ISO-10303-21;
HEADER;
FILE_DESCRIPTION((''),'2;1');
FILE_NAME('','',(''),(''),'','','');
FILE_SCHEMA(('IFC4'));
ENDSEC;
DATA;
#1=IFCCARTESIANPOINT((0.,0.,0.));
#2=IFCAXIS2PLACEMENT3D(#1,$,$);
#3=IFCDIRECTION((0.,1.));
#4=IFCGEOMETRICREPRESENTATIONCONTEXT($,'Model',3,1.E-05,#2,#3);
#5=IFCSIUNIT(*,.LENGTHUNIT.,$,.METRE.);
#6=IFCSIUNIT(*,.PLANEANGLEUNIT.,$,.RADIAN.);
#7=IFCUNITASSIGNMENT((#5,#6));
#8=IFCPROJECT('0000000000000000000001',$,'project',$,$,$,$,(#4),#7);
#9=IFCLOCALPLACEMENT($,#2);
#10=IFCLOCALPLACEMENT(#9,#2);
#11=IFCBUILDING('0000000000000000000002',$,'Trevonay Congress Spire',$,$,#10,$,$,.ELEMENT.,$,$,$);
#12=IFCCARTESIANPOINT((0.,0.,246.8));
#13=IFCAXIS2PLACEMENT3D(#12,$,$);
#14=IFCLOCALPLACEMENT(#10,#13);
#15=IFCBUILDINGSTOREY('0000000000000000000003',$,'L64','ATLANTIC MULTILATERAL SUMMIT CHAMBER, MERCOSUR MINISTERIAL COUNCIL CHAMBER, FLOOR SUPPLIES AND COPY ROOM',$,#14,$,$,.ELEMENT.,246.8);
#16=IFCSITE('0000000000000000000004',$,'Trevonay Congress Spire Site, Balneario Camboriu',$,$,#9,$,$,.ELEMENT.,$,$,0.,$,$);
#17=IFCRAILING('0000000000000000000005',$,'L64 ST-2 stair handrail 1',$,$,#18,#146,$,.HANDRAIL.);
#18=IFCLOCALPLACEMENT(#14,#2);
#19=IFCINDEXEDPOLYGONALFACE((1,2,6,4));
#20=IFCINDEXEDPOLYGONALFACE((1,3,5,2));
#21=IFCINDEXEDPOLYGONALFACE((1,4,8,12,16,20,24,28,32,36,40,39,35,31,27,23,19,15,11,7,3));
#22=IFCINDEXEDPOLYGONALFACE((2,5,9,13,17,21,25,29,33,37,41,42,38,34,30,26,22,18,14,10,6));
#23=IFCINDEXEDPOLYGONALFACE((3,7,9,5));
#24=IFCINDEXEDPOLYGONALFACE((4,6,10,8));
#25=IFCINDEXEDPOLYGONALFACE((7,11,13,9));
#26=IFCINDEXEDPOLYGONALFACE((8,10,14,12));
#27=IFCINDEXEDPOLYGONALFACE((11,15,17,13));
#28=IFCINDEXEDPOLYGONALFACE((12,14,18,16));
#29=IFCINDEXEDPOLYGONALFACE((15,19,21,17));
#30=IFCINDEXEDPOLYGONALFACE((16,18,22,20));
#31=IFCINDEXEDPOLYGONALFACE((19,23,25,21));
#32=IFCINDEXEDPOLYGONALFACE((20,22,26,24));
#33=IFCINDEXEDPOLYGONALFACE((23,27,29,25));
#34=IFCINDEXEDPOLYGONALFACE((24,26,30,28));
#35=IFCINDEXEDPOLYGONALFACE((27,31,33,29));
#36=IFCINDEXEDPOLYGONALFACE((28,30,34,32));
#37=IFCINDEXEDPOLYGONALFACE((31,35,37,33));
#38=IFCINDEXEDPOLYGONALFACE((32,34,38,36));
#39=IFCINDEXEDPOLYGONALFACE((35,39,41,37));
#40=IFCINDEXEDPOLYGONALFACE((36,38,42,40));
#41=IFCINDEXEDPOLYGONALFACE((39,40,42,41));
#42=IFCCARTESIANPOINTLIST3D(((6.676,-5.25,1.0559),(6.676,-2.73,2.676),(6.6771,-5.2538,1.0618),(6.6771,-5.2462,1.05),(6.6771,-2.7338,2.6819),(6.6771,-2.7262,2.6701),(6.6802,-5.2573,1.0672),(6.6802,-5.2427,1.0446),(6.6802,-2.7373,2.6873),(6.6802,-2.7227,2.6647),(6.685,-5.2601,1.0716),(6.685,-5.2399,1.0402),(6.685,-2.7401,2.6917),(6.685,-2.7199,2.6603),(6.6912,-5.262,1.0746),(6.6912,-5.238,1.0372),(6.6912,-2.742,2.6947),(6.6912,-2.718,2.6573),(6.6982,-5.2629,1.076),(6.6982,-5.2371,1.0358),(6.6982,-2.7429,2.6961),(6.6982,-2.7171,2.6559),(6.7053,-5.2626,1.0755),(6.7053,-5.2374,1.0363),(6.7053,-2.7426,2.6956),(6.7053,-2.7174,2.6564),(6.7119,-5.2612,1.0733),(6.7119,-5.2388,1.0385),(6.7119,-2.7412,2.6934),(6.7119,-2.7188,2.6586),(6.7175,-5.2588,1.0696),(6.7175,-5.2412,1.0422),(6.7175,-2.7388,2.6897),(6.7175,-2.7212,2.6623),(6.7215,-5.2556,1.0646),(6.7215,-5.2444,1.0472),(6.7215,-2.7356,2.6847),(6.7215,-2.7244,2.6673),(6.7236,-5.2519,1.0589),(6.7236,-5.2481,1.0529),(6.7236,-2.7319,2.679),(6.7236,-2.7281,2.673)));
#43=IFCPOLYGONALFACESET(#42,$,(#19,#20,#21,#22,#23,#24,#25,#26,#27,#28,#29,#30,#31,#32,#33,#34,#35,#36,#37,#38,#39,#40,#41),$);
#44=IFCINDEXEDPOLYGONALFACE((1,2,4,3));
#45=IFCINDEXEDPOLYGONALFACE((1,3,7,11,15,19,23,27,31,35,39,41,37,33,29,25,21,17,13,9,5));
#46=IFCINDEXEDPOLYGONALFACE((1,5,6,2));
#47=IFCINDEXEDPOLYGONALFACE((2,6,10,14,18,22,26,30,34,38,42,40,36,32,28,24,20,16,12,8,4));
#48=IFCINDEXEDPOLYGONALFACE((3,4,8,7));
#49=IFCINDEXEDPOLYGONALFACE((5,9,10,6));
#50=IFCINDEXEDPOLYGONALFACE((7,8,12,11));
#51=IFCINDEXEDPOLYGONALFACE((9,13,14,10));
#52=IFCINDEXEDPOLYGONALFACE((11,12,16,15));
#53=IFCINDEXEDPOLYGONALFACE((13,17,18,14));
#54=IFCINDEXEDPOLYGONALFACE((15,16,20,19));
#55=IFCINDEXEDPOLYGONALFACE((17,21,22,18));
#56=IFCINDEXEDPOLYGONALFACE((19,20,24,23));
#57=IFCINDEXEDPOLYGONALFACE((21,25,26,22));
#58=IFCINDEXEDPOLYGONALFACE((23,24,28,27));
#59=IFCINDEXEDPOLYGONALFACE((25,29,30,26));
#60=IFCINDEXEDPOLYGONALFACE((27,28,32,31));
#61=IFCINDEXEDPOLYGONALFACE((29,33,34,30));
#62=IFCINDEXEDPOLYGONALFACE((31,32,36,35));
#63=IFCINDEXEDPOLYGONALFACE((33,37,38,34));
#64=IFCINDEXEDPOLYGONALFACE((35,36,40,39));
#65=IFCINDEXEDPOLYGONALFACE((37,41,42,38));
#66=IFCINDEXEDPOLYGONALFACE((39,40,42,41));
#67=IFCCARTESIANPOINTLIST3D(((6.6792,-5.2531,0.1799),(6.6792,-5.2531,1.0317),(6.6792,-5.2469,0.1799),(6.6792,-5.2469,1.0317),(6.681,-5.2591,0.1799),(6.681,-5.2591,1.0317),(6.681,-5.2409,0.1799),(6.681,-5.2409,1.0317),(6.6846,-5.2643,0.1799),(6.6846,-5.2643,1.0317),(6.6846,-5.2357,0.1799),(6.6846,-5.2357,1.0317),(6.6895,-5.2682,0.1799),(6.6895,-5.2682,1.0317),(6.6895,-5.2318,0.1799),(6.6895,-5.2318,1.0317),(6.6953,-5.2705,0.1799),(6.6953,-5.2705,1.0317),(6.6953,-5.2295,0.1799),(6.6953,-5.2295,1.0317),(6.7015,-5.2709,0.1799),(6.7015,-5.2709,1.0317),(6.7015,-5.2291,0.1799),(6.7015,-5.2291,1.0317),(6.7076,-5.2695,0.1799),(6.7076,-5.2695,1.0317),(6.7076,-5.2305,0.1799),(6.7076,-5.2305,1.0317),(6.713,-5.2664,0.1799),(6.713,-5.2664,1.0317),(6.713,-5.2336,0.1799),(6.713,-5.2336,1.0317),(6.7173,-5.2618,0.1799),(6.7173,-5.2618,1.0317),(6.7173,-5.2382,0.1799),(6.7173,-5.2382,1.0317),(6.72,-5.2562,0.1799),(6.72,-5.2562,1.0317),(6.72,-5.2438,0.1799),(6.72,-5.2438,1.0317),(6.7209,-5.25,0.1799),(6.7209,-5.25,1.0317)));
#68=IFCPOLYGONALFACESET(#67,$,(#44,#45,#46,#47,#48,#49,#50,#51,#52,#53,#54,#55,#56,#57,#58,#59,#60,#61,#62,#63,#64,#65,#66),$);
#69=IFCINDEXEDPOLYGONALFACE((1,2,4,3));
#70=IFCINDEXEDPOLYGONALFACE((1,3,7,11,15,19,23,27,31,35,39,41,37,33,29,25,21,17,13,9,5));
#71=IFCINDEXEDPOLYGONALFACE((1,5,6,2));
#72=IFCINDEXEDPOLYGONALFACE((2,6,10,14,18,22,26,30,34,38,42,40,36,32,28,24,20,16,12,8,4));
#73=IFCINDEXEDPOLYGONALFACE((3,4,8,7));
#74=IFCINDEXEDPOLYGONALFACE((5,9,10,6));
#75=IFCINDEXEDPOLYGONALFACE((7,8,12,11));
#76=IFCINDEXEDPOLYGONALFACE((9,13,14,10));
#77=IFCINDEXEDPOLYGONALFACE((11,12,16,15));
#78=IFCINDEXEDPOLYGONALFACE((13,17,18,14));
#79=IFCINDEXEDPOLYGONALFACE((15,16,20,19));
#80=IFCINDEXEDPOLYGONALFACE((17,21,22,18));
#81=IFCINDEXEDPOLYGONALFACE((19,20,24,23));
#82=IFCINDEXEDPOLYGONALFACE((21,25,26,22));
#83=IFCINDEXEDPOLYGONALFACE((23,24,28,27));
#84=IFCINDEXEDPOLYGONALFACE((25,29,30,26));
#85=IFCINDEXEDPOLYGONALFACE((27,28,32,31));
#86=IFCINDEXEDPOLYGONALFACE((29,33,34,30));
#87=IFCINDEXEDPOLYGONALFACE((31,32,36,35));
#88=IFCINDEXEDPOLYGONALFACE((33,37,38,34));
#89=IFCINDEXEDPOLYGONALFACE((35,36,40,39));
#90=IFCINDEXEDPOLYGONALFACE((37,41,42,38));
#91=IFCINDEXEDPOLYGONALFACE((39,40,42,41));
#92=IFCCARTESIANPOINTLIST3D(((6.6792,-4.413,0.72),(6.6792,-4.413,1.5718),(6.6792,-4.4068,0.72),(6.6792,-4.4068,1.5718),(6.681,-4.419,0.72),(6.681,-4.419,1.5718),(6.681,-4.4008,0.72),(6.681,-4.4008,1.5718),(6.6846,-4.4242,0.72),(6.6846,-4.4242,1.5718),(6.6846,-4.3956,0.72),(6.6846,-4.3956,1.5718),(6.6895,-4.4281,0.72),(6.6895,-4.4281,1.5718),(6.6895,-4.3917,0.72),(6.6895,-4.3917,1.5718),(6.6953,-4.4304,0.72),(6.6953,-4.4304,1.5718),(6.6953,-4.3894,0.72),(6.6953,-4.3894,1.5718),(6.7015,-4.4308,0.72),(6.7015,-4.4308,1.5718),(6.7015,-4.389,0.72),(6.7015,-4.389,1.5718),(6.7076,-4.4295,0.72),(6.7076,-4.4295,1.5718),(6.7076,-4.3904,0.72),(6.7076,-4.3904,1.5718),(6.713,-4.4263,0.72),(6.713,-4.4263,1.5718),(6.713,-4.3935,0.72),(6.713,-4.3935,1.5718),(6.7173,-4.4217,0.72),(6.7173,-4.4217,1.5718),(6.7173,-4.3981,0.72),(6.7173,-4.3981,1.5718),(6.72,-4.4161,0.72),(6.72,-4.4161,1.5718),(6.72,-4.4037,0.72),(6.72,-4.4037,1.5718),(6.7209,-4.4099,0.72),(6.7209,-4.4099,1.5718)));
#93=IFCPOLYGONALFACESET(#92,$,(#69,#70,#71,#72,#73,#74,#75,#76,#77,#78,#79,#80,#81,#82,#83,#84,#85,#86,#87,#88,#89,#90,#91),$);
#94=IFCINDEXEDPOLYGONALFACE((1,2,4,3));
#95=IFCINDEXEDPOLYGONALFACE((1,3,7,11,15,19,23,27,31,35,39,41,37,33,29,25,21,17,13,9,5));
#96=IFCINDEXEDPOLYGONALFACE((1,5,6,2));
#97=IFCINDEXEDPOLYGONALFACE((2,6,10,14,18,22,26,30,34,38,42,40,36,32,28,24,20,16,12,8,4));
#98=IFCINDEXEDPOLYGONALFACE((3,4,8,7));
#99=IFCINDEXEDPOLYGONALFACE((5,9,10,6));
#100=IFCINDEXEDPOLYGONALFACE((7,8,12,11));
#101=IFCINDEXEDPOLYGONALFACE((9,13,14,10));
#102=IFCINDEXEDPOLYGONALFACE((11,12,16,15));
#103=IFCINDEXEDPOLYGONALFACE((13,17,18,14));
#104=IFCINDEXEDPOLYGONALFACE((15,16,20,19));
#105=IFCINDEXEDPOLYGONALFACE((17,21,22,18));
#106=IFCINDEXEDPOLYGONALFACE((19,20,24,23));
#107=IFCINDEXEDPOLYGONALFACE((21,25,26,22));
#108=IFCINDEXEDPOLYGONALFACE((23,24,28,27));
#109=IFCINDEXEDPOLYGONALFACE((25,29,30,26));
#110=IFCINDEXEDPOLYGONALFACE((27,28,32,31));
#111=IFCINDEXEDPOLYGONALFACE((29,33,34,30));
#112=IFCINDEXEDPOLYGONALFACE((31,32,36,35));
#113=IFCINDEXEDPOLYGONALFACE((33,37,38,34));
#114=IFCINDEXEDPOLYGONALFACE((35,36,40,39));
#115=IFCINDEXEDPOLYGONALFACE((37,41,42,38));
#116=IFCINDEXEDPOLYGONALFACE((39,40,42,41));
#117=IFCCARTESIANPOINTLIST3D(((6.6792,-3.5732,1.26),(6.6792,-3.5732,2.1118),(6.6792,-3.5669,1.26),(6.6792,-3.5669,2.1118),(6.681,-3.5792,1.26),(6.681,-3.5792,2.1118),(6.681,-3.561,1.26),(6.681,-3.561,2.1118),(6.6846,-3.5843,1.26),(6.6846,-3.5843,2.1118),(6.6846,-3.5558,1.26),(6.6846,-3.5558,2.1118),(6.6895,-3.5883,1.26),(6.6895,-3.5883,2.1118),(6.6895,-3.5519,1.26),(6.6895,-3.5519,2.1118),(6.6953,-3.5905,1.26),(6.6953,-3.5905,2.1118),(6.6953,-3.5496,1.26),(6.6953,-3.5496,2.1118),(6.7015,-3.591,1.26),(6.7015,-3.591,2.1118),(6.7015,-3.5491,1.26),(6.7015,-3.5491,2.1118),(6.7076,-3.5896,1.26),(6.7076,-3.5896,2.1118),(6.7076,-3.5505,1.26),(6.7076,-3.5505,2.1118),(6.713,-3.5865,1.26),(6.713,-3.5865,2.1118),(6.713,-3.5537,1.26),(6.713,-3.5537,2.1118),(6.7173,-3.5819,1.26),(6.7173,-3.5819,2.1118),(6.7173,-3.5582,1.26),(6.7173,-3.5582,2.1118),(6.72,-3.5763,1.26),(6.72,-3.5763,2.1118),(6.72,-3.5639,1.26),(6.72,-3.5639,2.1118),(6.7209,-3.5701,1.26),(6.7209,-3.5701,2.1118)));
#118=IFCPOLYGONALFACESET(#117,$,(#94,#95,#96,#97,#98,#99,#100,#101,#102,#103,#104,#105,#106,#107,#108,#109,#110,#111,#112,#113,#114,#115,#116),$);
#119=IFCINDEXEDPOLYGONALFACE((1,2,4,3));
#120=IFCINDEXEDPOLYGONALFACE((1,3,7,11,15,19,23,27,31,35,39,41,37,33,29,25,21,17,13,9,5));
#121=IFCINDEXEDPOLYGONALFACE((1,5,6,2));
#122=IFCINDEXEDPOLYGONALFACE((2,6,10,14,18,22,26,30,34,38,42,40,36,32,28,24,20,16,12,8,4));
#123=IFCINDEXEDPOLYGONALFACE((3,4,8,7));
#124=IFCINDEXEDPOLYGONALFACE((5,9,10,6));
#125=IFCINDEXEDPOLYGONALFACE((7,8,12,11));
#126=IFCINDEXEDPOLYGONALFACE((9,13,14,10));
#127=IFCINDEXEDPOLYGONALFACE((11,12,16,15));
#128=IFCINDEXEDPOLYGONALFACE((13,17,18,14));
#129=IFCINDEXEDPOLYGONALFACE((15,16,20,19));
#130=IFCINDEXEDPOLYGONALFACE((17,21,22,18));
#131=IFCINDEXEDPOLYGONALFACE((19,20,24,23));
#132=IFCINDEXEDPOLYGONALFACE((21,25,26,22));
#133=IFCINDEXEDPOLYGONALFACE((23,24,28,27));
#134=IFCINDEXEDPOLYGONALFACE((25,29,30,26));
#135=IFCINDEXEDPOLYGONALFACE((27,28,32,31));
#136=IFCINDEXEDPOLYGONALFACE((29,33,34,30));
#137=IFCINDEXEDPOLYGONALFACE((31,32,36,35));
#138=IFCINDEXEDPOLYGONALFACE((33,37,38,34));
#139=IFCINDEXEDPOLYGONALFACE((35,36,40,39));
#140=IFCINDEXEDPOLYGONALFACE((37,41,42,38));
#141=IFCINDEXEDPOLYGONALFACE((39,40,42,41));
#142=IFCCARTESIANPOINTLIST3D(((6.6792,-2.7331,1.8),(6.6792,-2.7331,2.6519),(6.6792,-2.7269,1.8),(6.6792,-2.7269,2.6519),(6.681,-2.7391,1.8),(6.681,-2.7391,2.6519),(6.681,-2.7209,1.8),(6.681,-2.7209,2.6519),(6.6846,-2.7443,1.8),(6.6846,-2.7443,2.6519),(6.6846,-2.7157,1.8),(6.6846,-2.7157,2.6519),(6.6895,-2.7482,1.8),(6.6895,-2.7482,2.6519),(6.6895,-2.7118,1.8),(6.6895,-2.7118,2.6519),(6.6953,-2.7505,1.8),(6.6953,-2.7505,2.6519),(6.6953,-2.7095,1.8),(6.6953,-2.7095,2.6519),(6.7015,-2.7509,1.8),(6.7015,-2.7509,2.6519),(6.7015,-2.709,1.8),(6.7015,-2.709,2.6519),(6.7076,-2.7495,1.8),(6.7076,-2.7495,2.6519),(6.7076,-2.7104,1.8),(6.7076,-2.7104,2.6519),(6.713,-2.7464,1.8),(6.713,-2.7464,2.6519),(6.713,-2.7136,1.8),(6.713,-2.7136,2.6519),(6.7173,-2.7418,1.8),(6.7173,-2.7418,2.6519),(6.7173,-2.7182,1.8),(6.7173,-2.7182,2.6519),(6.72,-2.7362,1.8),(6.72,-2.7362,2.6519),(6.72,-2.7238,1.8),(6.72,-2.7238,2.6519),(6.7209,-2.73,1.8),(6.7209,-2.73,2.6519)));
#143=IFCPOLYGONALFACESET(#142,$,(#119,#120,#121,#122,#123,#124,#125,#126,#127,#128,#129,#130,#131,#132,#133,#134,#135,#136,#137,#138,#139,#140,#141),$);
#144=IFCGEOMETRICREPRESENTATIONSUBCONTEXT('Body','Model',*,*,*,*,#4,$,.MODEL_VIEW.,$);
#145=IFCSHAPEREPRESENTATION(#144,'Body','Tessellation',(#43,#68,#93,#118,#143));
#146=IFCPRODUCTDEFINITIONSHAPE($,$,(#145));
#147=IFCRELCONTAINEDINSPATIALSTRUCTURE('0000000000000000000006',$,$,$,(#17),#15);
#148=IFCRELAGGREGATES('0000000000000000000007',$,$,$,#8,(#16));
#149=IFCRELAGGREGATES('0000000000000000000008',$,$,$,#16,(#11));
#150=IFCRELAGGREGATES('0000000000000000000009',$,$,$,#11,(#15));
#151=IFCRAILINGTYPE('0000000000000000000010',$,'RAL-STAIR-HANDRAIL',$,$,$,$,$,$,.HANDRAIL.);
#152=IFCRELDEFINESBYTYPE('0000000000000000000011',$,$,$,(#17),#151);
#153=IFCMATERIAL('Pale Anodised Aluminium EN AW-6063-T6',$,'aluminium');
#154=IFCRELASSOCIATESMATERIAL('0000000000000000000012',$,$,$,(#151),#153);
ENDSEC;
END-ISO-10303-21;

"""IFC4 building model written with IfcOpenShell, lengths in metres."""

from ifc_helpers import new_model, si_unit, direction, frame, origin, origin_2d, place, context, subcontext, project, spatial, circle, extrude, material, type_object, element, save


model = new_model("IFC4")

# Units and contexts
model_context = context("Model", 3, precision=1e-05, world=origin(), true_north=direction((0.0, 1.0)))
body_context = subcontext(model_context, "Body", "Model", "MODEL_VIEW")
ifc_project = project(units=[si_unit("LENGTHUNIT", "METRE"), si_unit("PLANEANGLEUNIT", "RADIAN")], contexts=[model_context])

# Site, building, storey
site_placement = place(None, origin())
site = spatial("IfcSite", under=ifc_project, at=site_placement, Name="Trevonay Congress Spire Site, Balneario Camboriu", CompositionType="ELEMENT", RefElevation=0.0)
building_placement = place(site_placement, origin())
building = spatial("IfcBuilding", under=site, at=building_placement, Name="Trevonay Congress Spire", CompositionType="ELEMENT")
storey_placement = place(building_placement, frame((0.0, 0.0, 246.8)))
storey = spatial("IfcBuildingStorey", under=building, at=storey_placement, Name="L64", Description="ATLANTIC MULTILATERAL SUMMIT CHAMBER, MERCOSUR MINISTERIAL COUNCIL CHAMBER, FLOOR SUPPLIES AND COPY ROOM", CompositionType="ELEMENT", Elevation=246.8)

# Shared definitions
ifc_material_1 = material(Name="Pale Anodised Aluminium EN AW-6063-T6", Category="aluminium")

# Railing
railing_type_1 = type_object("IfcRailingType", Name="RAL-STAIR-HANDRAIL", PredefinedType="HANDRAIL", material=ifc_material_1)
railing_1_placement = place(storey_placement, frame((6.7, -5.25, 0.1799)))
element("IfcRailing", 1, at=railing_1_placement, inside=storey, type_object=railing_type_1, Name="L64 ST-2 stair handrail 1", PredefinedType="HANDRAIL", context=body_context, shape_type="SweptSolid", body=[
    extrude(circle(Radius=0.0239, at=origin_2d()), frame((0.0, 0.0, 0.876), z_axis=(0.0, 0.841163, 0.540782), x_axis=(-1.0, 0.0, 0.0)), (0.0, 0.0, 1.0), 2.9958),
    extrude(circle(Radius=0.021, at=origin_2d()), origin(), (0.0, 0.0, 1.0), 0.8518),
    extrude(circle(Radius=0.021, at=origin_2d()), frame((0.0, 0.8401, 0.54)), (0.0, 0.0, 1.0), 0.8518),
    extrude(circle(Radius=0.021, at=origin_2d()), frame((0.0, 1.6799, 1.0801)), (0.0, 0.0, 1.0), 0.8518),
    extrude(circle(Radius=0.021, at=origin_2d()), frame((0.0, 2.52, 1.6201)), (0.0, 0.0, 1.0), 0.8518),
])

save(model, "model.ifc")
